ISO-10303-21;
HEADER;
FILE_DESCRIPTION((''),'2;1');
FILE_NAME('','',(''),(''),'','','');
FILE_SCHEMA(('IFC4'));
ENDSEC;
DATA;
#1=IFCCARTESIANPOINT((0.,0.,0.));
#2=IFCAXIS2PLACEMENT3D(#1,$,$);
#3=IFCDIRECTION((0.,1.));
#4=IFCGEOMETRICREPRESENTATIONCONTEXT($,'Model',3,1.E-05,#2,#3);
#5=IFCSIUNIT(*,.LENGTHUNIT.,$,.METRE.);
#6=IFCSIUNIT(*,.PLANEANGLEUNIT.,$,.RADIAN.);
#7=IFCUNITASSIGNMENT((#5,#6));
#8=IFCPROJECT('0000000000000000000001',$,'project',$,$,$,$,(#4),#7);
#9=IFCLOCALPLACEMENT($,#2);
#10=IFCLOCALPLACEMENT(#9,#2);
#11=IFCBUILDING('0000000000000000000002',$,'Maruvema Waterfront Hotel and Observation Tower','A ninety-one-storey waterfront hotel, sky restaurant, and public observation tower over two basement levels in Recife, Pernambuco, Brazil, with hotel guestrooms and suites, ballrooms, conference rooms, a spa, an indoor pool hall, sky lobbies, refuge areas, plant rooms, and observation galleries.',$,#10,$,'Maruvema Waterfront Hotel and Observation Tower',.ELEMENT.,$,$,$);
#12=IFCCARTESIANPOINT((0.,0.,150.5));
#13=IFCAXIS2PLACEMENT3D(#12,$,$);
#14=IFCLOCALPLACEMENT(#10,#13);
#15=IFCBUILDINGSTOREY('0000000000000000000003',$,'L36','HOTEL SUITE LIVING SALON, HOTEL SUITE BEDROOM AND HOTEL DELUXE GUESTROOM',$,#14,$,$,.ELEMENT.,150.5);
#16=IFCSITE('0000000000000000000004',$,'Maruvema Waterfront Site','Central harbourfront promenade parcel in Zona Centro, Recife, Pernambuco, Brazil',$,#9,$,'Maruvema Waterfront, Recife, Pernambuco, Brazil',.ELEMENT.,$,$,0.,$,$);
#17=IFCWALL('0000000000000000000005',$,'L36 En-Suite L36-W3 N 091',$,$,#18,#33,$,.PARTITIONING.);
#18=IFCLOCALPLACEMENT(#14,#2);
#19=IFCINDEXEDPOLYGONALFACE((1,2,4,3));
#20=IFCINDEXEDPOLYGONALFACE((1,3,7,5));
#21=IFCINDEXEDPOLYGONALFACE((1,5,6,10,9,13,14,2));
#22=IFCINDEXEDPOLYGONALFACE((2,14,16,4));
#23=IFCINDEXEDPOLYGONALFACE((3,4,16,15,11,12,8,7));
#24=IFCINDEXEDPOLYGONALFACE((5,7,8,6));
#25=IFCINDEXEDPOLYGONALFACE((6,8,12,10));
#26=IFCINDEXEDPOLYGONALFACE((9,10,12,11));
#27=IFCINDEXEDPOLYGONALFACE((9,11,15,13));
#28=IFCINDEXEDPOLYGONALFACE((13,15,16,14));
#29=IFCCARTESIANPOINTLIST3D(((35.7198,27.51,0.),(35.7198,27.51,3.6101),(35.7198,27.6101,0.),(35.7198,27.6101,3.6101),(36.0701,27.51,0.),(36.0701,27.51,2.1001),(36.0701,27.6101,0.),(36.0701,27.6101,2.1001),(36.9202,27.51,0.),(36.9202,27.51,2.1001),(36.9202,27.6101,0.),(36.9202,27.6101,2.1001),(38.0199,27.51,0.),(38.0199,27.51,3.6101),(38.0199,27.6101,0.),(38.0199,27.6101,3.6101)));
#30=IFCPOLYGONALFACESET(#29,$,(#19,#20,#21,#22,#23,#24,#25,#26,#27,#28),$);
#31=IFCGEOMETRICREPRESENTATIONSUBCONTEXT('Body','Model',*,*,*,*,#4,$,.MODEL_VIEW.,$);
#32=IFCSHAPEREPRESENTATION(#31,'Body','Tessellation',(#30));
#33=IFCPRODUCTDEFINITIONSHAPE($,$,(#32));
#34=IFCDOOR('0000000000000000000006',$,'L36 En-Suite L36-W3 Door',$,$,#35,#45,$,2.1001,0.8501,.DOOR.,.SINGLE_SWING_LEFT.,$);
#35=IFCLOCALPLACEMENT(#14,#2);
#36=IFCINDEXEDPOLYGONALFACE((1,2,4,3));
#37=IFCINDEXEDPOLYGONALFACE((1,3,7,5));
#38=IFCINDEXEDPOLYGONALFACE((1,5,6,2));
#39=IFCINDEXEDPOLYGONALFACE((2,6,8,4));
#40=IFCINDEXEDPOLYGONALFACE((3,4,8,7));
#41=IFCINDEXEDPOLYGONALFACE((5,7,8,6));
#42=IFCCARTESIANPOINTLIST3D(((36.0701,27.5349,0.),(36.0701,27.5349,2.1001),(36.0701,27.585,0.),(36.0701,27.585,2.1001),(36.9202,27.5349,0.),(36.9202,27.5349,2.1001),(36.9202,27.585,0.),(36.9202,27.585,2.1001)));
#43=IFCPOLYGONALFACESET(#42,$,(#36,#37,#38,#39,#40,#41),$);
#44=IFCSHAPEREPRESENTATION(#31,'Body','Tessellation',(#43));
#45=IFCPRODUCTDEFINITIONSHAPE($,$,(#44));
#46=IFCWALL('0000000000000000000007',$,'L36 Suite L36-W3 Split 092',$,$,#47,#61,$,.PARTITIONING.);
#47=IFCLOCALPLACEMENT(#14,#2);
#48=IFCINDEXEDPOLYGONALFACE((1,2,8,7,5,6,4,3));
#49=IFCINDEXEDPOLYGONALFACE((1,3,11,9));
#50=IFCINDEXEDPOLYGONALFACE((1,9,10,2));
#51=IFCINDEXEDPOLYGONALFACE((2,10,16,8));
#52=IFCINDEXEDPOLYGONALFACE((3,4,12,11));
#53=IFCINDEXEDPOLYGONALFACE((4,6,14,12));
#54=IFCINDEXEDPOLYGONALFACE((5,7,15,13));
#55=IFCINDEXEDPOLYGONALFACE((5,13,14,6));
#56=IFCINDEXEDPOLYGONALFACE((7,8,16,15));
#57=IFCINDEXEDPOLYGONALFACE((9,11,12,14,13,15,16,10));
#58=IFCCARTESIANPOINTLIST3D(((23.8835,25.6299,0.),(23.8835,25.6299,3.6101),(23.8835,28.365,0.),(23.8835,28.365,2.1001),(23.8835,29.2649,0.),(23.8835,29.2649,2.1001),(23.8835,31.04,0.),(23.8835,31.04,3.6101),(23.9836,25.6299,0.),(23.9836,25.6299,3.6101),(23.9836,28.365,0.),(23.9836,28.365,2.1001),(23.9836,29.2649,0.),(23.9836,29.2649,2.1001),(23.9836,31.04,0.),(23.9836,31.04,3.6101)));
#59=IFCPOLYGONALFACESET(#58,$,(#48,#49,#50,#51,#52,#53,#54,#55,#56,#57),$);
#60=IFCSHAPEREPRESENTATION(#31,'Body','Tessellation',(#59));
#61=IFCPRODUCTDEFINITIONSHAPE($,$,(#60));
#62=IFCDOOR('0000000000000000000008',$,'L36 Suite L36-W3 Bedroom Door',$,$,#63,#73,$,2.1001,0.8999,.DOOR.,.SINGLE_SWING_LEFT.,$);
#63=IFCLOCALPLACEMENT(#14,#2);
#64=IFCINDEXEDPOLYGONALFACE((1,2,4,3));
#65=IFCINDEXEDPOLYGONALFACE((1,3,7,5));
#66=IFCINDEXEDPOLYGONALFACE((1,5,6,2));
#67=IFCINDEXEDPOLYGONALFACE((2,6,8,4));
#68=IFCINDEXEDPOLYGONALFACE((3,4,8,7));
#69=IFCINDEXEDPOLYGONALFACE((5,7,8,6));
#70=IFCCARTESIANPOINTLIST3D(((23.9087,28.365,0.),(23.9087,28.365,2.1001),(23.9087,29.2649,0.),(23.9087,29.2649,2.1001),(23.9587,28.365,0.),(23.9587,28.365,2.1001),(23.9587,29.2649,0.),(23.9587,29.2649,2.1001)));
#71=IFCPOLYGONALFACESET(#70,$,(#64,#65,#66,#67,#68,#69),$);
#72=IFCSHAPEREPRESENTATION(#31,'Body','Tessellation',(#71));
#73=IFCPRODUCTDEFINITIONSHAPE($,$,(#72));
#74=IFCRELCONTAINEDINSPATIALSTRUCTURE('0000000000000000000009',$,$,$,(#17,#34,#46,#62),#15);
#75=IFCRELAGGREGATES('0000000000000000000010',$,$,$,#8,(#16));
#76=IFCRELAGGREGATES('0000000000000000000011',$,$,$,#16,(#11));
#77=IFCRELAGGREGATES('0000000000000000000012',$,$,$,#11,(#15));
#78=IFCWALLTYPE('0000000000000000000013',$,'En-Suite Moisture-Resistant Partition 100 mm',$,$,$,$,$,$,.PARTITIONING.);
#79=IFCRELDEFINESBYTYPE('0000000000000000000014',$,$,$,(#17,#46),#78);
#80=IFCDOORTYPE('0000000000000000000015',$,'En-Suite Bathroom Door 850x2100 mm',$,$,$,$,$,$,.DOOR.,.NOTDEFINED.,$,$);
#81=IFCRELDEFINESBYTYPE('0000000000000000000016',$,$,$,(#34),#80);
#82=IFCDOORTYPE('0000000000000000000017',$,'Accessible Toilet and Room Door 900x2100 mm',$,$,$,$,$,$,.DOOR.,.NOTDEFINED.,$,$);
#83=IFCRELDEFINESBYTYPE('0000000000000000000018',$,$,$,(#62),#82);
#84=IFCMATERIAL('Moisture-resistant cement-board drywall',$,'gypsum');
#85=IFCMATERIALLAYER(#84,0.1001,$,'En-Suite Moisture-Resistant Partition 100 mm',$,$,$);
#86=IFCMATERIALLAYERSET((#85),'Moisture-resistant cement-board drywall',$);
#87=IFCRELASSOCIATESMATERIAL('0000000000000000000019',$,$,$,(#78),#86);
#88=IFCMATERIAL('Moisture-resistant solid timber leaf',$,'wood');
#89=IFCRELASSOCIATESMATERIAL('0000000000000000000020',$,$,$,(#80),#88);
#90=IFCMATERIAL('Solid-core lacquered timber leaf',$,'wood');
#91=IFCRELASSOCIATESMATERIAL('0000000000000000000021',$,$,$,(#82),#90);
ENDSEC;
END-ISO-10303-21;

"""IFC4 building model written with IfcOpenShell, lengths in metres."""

from ifc_helpers import new_model, si_unit, direction, frame, frame_2d, origin, place, context, subcontext, project, spatial, rectangle, extrude, material, layer, layer_set, type_object, element, fill, save


model = new_model("IFC4")

# Units and contexts
model_context = context("Model", 3, precision=1e-05, world=origin(), true_north=direction((0.0, 1.0)))
body_context = subcontext(model_context, "Body", "Model", "MODEL_VIEW")
ifc_project = project(units=[si_unit("LENGTHUNIT", "METRE"), si_unit("PLANEANGLEUNIT", "RADIAN")], contexts=[model_context])

# Site, building, storey
site_placement = place(None, origin())
site = spatial("IfcSite", under=ifc_project, at=site_placement, Name="Maruvema Waterfront Site", Description="Central harbourfront promenade parcel in Zona Centro, Recife, Pernambuco, Brazil", LongName="Maruvema Waterfront, Recife, Pernambuco, Brazil", CompositionType="ELEMENT", RefElevation=0.0)
building_placement = place(site_placement, origin())
building = spatial("IfcBuilding", under=site, at=building_placement, Name="Maruvema Waterfront Hotel and Observation Tower", Description="A ninety-one-storey waterfront hotel, sky restaurant, and public observation tower over two basement levels in Recife, Pernambuco, Brazil, with hotel guestrooms and suites, ballrooms, conference rooms, a spa, an indoor pool hall, sky lobbies, refuge areas, plant rooms, and observation galleries.", LongName="Maruvema Waterfront Hotel and Observation Tower", CompositionType="ELEMENT")
storey_placement = place(building_placement, frame((0.0, 0.0, 150.5)))
storey = spatial("IfcBuildingStorey", under=building, at=storey_placement, Name="L36", Description="HOTEL SUITE LIVING SALON, HOTEL SUITE BEDROOM AND HOTEL DELUXE GUESTROOM", CompositionType="ELEMENT", Elevation=150.5)

# Shared definitions
ifc_material_1 = material(Name="Moisture-resistant cement-board drywall", Category="gypsum")
ifc_layer_1 = layer(ifc_material_1, 0.1001, Name="En-Suite Moisture-Resistant Partition 100 mm")
ifc_layer_set_1 = layer_set([ifc_layer_1], Name="Moisture-resistant cement-board drywall")
wall_type = type_object("IfcWallType", Name="En-Suite Moisture-Resistant Partition 100 mm", PredefinedType="PARTITIONING", material=ifc_layer_set_1)

# Shared definitions
ifc_material_2 = material(Name="Moisture-resistant solid timber leaf", Category="wood")
door_type_1 = type_object("IfcDoorType", Name="En-Suite Bathroom Door 850x2100 mm", OperationType="NOTDEFINED", PredefinedType="DOOR", material=ifc_material_2)
ifc_material_3 = material(Name="Solid-core lacquered timber leaf", Category="wood")
door_type_2 = type_object("IfcDoorType", Name="Accessible Toilet and Room Door 900x2100 mm", OperationType="NOTDEFINED", PredefinedType="DOOR", material=ifc_material_3)

# Walls, openings, doors
wall_1_placement = place(storey_placement, frame((35.72, 27.5601, 0.0), z_axis=(0.0, 0.0, 1.0), x_axis=(1.0, 0.0, 0.0)))
wall_1 = element("IfcWall", 1, at=wall_1_placement, inside=storey, type_object=wall_type, Name="L36 En-Suite L36-W3 N 091", PredefinedType="PARTITIONING", context=body_context, shape_type="SweptSolid", body=[
    extrude(rectangle(XDim=2.3, YDim=0.1001, at=frame_2d((1.1499, 0.0))), origin(), (0.0, 0.0, 1.0), 3.6101),
])
opening_1_placement = place(wall_1_placement, frame((0.3501, 0.0, 0.0)))
opening_1 = element("IfcOpeningElement", 2, at=opening_1_placement, cuts=wall_1, PredefinedType="OPENING", context=body_context, shape_type="SweptSolid", body=[
    extrude(rectangle(XDim=0.8501, YDim=2.1001, at=frame_2d((0.425, 1.05))), frame((0.0, 0.0601, 0.0), z_axis=(0.0, -1.0, 0.0), x_axis=(1.0, 0.0, 0.0)), (0.0, 0.0, 1.0), 0.1201),
])
door_1_placement = place(opening_1_placement, origin())
door_1 = element("IfcDoor", 3, at=door_1_placement, inside=storey, type_object=door_type_1, Name="L36 En-Suite L36-W3 Door", OperationType="SINGLE_SWING_LEFT", OverallHeight=2.1001, OverallWidth=0.8501, PredefinedType="DOOR", context=body_context, shape_type="SweptSolid", body=[
    extrude(rectangle(XDim=0.8501, YDim=2.1001, at=frame_2d((0.425, 1.05))), frame((0.0, 0.0249, 0.0), z_axis=(0.0, -1.0, 0.0), x_axis=(1.0, 0.0, 0.0)), (0.0, 0.0, 1.0), 0.05),
])
fill(opening_1, door_1)
wall_2_placement = place(storey_placement, frame((23.9336, 25.6299, 0.0), z_axis=(0.0, 0.0, 1.0), x_axis=(0.0, 1.0, 0.0)))
wall_2 = element("IfcWall", 4, at=wall_2_placement, inside=storey, type_object=wall_type, Name="L36 Suite L36-W3 Split 092", PredefinedType="PARTITIONING", context=body_context, shape_type="SweptSolid", body=[
    extrude(rectangle(XDim=5.4102, YDim=0.1001, at=frame_2d((2.7051, 0.0))), origin(), (0.0, 0.0, 1.0), 3.6101),
])
opening_2_placement = place(wall_2_placement, frame((2.7351, 0.0, 0.0)))
opening_2 = element("IfcOpeningElement", 5, at=opening_2_placement, cuts=wall_2, PredefinedType="OPENING", context=body_context, shape_type="SweptSolid", body=[
    extrude(rectangle(XDim=0.8999, YDim=2.1001, at=frame_2d((0.45, 1.05))), frame((0.0, 0.0601, 0.0), z_axis=(0.0, -1.0, 0.0), x_axis=(1.0, 0.0, 0.0)), (0.0, 0.0, 1.0), 0.1201),
])
door_2_placement = place(opening_2_placement, origin())
door_2 = element("IfcDoor", 6, at=door_2_placement, inside=storey, type_object=door_type_2, Name="L36 Suite L36-W3 Bedroom Door", OperationType="SINGLE_SWING_LEFT", OverallHeight=2.1001, OverallWidth=0.8999, PredefinedType="DOOR", context=body_context, shape_type="SweptSolid", body=[
    extrude(rectangle(XDim=0.8999, YDim=2.1001, at=frame_2d((0.45, 1.05))), frame((0.0, 0.0249, 0.0), z_axis=(0.0, -1.0, 0.0), x_axis=(1.0, 0.0, 0.0)), (0.0, 0.0, 1.0), 0.05),
])
fill(opening_2, door_2)

save(model, "model.ifc")
